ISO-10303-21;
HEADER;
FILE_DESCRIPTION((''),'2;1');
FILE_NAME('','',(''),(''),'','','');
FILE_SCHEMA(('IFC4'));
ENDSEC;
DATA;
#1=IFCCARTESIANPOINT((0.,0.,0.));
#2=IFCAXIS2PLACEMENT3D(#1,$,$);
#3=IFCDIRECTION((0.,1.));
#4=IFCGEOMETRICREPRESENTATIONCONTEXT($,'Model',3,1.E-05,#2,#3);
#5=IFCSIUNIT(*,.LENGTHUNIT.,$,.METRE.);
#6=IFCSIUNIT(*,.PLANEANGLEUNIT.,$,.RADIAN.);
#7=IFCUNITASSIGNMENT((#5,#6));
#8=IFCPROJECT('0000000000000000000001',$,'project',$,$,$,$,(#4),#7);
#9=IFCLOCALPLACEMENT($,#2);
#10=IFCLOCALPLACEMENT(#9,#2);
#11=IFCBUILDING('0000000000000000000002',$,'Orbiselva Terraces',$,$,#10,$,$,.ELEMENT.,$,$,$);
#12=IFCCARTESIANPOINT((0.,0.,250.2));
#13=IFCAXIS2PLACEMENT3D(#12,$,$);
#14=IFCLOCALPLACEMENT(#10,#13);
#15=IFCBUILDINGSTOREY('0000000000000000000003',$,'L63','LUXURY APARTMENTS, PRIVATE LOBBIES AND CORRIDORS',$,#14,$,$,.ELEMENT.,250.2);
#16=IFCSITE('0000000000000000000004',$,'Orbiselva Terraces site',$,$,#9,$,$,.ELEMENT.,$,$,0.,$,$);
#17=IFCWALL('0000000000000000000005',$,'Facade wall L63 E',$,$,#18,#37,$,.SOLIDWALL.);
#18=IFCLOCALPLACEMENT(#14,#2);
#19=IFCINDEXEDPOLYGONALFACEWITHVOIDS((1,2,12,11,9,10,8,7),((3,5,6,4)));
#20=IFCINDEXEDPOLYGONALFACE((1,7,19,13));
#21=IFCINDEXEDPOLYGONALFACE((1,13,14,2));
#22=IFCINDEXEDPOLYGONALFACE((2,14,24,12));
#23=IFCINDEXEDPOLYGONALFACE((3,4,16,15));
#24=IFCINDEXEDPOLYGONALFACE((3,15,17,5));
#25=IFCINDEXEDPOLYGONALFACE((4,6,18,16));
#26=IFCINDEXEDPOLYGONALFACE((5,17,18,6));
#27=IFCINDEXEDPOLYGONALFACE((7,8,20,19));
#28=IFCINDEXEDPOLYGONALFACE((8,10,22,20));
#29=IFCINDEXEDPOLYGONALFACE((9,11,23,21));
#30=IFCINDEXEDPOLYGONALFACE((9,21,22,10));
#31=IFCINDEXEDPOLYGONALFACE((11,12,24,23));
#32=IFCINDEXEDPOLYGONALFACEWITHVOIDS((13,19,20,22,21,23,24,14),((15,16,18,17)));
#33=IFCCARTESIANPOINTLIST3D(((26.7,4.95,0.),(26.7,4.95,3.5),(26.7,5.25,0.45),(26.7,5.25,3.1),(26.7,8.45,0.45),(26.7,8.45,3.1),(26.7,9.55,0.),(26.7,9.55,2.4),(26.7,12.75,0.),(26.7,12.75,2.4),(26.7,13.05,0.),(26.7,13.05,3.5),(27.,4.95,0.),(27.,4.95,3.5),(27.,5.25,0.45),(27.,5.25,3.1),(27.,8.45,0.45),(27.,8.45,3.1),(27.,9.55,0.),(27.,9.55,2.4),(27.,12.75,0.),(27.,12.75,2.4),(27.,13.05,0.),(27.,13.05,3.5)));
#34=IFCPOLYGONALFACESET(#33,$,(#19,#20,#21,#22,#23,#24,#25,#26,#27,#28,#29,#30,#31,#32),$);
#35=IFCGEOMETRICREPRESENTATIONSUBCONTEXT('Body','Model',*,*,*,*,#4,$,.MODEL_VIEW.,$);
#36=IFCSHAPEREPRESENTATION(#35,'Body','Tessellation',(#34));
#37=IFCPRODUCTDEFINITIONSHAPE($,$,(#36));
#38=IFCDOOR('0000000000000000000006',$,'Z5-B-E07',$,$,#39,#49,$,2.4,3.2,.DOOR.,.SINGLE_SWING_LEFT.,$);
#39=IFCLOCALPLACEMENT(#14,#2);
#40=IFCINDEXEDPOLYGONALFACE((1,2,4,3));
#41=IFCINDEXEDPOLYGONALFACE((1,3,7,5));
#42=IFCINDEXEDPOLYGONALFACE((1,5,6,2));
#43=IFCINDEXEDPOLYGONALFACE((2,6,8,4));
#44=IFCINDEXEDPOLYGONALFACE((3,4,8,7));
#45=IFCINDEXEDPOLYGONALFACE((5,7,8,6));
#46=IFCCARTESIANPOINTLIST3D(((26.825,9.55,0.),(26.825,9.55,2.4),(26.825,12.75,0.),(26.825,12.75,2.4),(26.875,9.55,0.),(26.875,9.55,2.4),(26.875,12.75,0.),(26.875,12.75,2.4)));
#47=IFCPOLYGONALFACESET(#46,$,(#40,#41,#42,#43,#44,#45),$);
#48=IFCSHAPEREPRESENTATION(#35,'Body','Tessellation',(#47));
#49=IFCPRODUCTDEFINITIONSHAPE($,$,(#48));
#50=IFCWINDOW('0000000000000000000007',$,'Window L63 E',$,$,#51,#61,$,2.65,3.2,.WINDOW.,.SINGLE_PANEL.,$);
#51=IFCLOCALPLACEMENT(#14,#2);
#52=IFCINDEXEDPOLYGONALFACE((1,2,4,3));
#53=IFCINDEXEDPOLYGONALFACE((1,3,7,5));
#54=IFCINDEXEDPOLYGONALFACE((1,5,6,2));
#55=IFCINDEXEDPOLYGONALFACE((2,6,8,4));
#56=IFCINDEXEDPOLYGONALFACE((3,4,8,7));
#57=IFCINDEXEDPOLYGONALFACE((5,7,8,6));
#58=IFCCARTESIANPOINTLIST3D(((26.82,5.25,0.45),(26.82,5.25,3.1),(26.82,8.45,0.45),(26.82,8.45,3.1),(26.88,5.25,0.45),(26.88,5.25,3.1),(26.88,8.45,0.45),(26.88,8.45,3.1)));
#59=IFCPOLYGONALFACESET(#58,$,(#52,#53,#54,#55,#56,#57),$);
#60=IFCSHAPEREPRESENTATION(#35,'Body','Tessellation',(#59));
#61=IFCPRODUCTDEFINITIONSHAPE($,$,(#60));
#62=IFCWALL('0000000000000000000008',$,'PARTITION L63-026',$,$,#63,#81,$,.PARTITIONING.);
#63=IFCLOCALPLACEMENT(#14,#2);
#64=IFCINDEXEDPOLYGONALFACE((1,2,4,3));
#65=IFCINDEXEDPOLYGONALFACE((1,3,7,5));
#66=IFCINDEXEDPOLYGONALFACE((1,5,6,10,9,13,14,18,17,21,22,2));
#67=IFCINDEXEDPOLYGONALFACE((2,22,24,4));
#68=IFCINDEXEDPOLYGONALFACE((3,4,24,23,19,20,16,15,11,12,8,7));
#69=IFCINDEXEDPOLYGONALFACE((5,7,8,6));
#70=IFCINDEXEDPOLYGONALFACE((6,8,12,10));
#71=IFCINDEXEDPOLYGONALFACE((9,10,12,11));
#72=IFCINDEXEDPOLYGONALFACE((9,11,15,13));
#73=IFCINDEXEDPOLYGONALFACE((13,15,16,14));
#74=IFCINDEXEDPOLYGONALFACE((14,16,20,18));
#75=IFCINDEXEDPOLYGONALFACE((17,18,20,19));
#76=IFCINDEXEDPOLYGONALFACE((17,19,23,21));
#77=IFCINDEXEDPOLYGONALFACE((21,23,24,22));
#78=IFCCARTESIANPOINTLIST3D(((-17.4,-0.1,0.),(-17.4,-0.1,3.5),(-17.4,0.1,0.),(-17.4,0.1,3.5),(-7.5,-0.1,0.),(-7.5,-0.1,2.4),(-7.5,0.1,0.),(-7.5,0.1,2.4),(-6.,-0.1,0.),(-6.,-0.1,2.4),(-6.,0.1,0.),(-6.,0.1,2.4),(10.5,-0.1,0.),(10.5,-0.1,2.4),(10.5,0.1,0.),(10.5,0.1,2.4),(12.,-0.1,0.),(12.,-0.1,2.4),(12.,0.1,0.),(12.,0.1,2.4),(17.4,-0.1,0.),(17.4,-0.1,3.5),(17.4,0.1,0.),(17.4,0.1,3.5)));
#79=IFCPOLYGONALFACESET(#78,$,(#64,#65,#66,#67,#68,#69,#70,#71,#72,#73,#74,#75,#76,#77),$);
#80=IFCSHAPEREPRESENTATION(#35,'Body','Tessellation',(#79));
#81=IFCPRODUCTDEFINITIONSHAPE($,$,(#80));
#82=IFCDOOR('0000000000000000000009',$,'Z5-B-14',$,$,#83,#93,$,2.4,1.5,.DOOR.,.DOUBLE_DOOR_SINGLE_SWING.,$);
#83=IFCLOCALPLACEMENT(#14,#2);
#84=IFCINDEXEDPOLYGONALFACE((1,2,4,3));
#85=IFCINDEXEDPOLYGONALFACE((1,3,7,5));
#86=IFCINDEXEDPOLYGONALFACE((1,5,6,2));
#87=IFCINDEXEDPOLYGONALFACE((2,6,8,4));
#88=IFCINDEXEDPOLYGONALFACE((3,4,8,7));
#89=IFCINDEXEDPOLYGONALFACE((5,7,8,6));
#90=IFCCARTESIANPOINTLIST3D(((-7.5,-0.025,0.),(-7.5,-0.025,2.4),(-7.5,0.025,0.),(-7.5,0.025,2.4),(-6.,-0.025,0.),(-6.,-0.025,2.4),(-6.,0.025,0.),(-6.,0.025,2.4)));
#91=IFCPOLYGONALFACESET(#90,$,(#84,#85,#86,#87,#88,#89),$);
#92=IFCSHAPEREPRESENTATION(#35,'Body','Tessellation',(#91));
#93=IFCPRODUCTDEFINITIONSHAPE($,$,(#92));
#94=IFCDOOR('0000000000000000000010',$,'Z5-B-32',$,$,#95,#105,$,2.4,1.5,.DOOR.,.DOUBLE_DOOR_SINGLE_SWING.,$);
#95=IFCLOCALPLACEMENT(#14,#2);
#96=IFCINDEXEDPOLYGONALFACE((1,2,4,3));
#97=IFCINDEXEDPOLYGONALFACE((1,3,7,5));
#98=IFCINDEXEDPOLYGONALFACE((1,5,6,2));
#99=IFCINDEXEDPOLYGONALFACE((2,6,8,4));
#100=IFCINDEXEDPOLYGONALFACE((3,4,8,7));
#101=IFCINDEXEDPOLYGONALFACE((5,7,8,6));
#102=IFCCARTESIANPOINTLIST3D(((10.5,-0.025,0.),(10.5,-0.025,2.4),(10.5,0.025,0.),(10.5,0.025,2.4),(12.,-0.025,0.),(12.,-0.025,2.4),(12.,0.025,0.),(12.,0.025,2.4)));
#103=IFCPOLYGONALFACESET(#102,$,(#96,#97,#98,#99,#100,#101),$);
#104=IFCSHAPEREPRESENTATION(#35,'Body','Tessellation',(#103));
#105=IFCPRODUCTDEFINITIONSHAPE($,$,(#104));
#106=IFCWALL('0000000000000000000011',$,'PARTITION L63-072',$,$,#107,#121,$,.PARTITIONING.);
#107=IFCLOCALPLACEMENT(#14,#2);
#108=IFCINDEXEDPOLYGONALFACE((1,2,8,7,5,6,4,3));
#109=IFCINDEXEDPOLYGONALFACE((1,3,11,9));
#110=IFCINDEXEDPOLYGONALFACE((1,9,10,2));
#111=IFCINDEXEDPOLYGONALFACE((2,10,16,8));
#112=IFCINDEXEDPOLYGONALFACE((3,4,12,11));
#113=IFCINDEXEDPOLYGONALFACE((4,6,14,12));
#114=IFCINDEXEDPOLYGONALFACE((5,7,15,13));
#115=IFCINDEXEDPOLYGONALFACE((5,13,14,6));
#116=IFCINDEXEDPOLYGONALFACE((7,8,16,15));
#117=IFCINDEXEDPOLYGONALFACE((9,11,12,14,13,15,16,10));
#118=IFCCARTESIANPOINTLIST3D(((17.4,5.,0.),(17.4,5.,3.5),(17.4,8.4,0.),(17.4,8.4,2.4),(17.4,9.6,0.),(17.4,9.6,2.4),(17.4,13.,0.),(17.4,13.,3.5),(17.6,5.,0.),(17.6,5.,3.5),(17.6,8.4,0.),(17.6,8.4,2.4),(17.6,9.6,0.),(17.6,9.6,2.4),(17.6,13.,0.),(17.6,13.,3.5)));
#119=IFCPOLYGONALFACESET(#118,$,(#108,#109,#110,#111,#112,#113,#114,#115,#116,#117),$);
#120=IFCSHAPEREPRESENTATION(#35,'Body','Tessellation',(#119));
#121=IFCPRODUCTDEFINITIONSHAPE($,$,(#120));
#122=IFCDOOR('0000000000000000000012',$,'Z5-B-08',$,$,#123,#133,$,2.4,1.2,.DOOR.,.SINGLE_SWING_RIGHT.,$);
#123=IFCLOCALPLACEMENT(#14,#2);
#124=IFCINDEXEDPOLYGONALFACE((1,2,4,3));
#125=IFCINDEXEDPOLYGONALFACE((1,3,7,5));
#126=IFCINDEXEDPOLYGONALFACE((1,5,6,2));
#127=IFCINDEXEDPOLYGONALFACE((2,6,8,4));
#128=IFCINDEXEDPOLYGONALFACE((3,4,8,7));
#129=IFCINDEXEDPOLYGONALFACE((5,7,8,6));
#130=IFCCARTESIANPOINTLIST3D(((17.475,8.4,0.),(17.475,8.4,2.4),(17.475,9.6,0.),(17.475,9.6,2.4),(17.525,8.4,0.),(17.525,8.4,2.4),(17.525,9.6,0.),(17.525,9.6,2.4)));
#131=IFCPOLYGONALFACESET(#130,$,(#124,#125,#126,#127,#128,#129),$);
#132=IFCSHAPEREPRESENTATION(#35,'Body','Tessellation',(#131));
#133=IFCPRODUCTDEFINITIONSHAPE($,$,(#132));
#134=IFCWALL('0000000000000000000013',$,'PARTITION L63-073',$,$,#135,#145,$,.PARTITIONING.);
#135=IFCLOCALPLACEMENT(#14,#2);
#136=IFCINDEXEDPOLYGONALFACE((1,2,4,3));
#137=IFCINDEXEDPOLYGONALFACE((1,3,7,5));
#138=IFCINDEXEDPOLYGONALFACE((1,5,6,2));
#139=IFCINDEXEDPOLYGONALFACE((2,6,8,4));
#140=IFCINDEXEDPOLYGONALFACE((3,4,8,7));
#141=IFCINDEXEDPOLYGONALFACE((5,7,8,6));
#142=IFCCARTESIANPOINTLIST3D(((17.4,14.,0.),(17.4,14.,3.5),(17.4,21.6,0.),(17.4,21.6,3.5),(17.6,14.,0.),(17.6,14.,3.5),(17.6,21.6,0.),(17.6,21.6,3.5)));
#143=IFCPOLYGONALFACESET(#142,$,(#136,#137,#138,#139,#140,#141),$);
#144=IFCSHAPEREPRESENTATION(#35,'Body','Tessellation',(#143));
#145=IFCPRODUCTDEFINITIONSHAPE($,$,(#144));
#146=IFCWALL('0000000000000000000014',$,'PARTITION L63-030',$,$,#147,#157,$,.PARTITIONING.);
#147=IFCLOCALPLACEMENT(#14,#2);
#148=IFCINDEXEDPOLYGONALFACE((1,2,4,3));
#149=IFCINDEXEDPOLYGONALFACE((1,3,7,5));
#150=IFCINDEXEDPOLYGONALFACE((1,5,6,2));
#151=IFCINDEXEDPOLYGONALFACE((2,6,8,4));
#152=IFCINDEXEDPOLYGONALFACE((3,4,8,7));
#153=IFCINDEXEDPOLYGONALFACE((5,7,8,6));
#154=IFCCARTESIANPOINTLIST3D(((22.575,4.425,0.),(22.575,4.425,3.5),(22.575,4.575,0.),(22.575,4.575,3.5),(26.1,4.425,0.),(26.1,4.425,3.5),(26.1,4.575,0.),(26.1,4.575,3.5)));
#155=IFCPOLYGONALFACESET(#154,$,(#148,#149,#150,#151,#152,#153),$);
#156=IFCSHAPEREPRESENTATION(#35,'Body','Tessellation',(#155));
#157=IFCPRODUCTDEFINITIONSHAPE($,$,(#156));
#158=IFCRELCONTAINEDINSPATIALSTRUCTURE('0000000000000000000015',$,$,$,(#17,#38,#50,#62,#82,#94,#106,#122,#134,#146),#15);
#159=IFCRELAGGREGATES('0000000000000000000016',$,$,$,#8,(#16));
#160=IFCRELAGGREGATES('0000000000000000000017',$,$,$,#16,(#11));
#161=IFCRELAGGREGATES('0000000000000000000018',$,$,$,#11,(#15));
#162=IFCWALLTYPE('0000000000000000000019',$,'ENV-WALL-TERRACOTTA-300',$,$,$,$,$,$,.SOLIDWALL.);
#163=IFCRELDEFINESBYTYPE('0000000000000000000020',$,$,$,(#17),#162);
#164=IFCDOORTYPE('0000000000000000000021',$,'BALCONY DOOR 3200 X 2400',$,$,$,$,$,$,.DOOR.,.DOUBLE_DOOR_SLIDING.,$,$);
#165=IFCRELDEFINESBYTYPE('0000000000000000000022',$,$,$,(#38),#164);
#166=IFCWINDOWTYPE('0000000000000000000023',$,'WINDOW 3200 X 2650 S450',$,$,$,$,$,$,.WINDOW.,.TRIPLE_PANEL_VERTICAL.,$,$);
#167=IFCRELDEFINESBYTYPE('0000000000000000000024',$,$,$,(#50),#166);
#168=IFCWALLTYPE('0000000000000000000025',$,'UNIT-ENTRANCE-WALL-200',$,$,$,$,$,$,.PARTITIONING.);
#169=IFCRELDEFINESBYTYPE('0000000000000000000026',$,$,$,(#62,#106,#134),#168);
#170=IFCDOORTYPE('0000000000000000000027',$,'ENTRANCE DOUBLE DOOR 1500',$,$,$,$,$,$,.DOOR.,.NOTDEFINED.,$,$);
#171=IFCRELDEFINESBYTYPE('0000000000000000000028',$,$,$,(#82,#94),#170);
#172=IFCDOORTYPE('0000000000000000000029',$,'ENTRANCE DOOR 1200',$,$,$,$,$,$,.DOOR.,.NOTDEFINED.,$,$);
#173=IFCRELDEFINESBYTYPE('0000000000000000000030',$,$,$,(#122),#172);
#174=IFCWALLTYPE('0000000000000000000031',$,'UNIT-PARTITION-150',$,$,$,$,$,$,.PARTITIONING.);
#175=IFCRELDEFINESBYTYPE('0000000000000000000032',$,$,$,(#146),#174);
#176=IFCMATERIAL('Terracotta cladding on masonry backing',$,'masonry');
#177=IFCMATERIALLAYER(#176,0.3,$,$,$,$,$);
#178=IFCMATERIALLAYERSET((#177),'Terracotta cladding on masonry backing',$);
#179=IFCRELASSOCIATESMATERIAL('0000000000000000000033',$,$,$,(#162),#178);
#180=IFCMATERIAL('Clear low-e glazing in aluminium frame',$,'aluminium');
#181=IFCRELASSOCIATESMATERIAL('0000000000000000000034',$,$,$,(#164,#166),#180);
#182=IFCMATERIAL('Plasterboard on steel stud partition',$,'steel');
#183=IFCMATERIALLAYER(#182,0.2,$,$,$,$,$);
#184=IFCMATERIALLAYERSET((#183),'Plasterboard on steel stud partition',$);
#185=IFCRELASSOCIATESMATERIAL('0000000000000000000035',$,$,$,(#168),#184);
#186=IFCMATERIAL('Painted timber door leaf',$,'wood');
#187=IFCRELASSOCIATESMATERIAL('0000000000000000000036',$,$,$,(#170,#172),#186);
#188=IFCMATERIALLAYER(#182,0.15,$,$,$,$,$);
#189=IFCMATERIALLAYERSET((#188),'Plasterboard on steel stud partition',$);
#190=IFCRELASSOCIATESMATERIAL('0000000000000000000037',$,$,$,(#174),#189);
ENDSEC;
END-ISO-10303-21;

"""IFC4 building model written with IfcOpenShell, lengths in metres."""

from ifc_helpers import new_model, si_unit, direction, frame, frame_2d, origin, place, context, subcontext, project, spatial, rectangle, extrude, material, layer, layer_set, type_object, element, fill, save


model = new_model("IFC4")

# Units and contexts
model_context = context("Model", 3, precision=1e-05, world=origin(), true_north=direction((0.0, 1.0)))
body_context = subcontext(model_context, "Body", "Model", "MODEL_VIEW")
ifc_project = project(units=[si_unit("LENGTHUNIT", "METRE"), si_unit("PLANEANGLEUNIT", "RADIAN")], contexts=[model_context])

# Site, building, storey
site_placement = place(None, origin())
site = spatial("IfcSite", under=ifc_project, at=site_placement, Name="Orbiselva Terraces site", CompositionType="ELEMENT", RefElevation=0.0)
building_placement = place(site_placement, origin())
building = spatial("IfcBuilding", under=site, at=building_placement, Name="Orbiselva Terraces", CompositionType="ELEMENT")
storey_placement = place(building_placement, frame((0.0, 0.0, 250.2)))
storey = spatial("IfcBuildingStorey", under=building, at=storey_placement, Name="L63", Description="LUXURY APARTMENTS, PRIVATE LOBBIES AND CORRIDORS", CompositionType="ELEMENT", Elevation=250.2)

# Wall, openings, door, window
ifc_material_1 = material(Name="Terracotta cladding on masonry backing", Category="masonry")
ifc_layer_1 = layer(ifc_material_1, 0.3)
ifc_layer_set_1 = layer_set([ifc_layer_1], Name="Terracotta cladding on masonry backing")
wall_type_1 = type_object("IfcWallType", Name="ENV-WALL-TERRACOTTA-300", PredefinedType="SOLIDWALL", material=ifc_layer_set_1)
ifc_material_2 = material(Name="Clear low-e glazing in aluminium frame", Category="aluminium")
door_type_1 = type_object("IfcDoorType", Name="BALCONY DOOR 3200 X 2400", OperationType="DOUBLE_DOOR_SLIDING", PredefinedType="DOOR", material=ifc_material_2)
window_type = type_object("IfcWindowType", Name="WINDOW 3200 X 2650 S450", PartitioningType="TRIPLE_PANEL_VERTICAL", PredefinedType="WINDOW", material=ifc_material_2)
wall_1_placement = place(storey_placement, frame((26.85, 13.05, 0.0), z_axis=(0.0, 0.0, 1.0), x_axis=(0.0, -1.0, 0.0)))
wall_1 = element("IfcWall", 1, at=wall_1_placement, inside=storey, type_object=wall_type_1, Name="Facade wall L63 E", PredefinedType="SOLIDWALL", context=body_context, shape_type="SweptSolid", body=[
    extrude(rectangle(XDim=8.1, YDim=0.3, at=frame_2d((4.05, 0.0))), origin(), (0.0, 0.0, 1.0), 3.5),
])
opening_1_placement = place(wall_1_placement, frame((4.6, 0.0, 0.45)))
opening_1 = element("IfcOpeningElement", 2, at=opening_1_placement, cuts=wall_1, PredefinedType="OPENING", context=body_context, shape_type="SweptSolid", body=[
    extrude(rectangle(XDim=3.2, YDim=2.65, at=frame_2d((1.6, 1.325))), frame((0.0, 0.16, 0.0), z_axis=(0.0, -1.0, 0.0), x_axis=(1.0, 0.0, 0.0)), (0.0, 0.0, 1.0), 0.32),
])
opening_2_placement = place(wall_1_placement, frame((0.3, 0.0, 0.0)))
opening_2 = element("IfcOpeningElement", 3, at=opening_2_placement, cuts=wall_1, PredefinedType="OPENING", context=body_context, shape_type="SweptSolid", body=[
    extrude(rectangle(XDim=3.2, YDim=2.4, at=frame_2d((1.6, 1.2))), frame((0.0, 0.16, 0.0), z_axis=(0.0, -1.0, 0.0), x_axis=(1.0, 0.0, 0.0)), (0.0, 0.0, 1.0), 0.32),
])
door_1_placement = place(opening_2_placement, origin())
door_1 = element("IfcDoor", 4, at=door_1_placement, inside=storey, type_object=door_type_1, Name="Z5-B-E07", OperationType="SINGLE_SWING_LEFT", OverallHeight=2.4, OverallWidth=3.2, PredefinedType="DOOR", context=body_context, shape_type="SweptSolid", body=[
    extrude(rectangle(XDim=3.2, YDim=2.4, at=frame_2d((1.6, 1.2))), frame((0.0, 0.025, 0.0), z_axis=(0.0, -1.0, 0.0), x_axis=(1.0, 0.0, 0.0)), (0.0, 0.0, 1.0), 0.05),
])
fill(opening_2, door_1)
window_1_placement = place(opening_1_placement, origin())
window_1 = element("IfcWindow", 5, at=window_1_placement, inside=storey, type_object=window_type, Name="Window L63 E", OverallHeight=2.65, OverallWidth=3.2, PartitioningType="SINGLE_PANEL", PredefinedType="WINDOW", context=body_context, shape_type="SweptSolid", body=[
    extrude(rectangle(XDim=3.2, YDim=2.65, at=frame_2d((1.6, 1.325))), frame((0.0, 0.03, 0.0), z_axis=(0.0, -1.0, 0.0), x_axis=(1.0, 0.0, 0.0)), (0.0, 0.0, 1.0), 0.06),
])
fill(opening_1, window_1)

# Wall, openings, doors
ifc_material_3 = material(Name="Plasterboard on steel stud partition", Category="steel")
ifc_layer_2 = layer(ifc_material_3, 0.2)
ifc_layer_set_2 = layer_set([ifc_layer_2], Name="Plasterboard on steel stud partition")
wall_type_2 = type_object("IfcWallType", Name="UNIT-ENTRANCE-WALL-200", PredefinedType="PARTITIONING", material=ifc_layer_set_2)
wall_2_placement = place(storey_placement, frame((17.4, 0.0, 0.0), z_axis=(0.0, 0.0, 1.0), x_axis=(-1.0, 0.0, 0.0)))
wall_2 = element("IfcWall", 6, at=wall_2_placement, inside=storey, type_object=wall_type_2, Name="PARTITION L63-026", PredefinedType="PARTITIONING", context=body_context, shape_type="SweptSolid", body=[
    extrude(rectangle(XDim=34.8, YDim=0.2, at=frame_2d((17.4, 0.0))), origin(), (0.0, 0.0, 1.0), 3.5),
])
opening_3_placement = place(wall_2_placement, frame((23.4, 0.0, 0.0)))
opening_3 = element("IfcOpeningElement", 7, at=opening_3_placement, cuts=wall_2, PredefinedType="OPENING", context=body_context, shape_type="SweptSolid", body=[
    extrude(rectangle(XDim=1.5, YDim=2.4, at=frame_2d((0.75, 1.2))), frame((0.0, 0.11, 0.0), z_axis=(0.0, -1.0, 0.0), x_axis=(1.0, 0.0, 0.0)), (0.0, 0.0, 1.0), 0.22),
])
opening_4_placement = place(wall_2_placement, frame((5.4, 0.0, 0.0)))
opening_4 = element("IfcOpeningElement", 8, at=opening_4_placement, cuts=wall_2, PredefinedType="OPENING", context=body_context, shape_type="SweptSolid", body=[
    extrude(rectangle(XDim=1.5, YDim=2.4, at=frame_2d((0.75, 1.2))), frame((0.0, 0.11, 0.0), z_axis=(0.0, -1.0, 0.0), x_axis=(1.0, 0.0, 0.0)), (0.0, 0.0, 1.0), 0.22),
])
ifc_material_4 = material(Name="Painted timber door leaf", Category="wood")
door_type_2 = type_object("IfcDoorType", Name="ENTRANCE DOUBLE DOOR 1500", OperationType="NOTDEFINED", PredefinedType="DOOR", material=ifc_material_4)
door_2_placement = place(opening_3_placement, origin())
door_2 = element("IfcDoor", 9, at=door_2_placement, inside=storey, type_object=door_type_2, Name="Z5-B-14", OperationType="DOUBLE_DOOR_SINGLE_SWING", OverallHeight=2.4, OverallWidth=1.5, PredefinedType="DOOR", context=body_context, shape_type="SweptSolid", body=[
    extrude(rectangle(XDim=1.5, YDim=2.4, at=frame_2d((0.75, 1.2))), frame((0.0, 0.025, 0.0), z_axis=(0.0, -1.0, 0.0), x_axis=(1.0, 0.0, 0.0)), (0.0, 0.0, 1.0), 0.05),
])
fill(opening_3, door_2)
door_3_placement = place(opening_4_placement, origin())
door_3 = element("IfcDoor", 10, at=door_3_placement, inside=storey, type_object=door_type_2, Name="Z5-B-32", OperationType="DOUBLE_DOOR_SINGLE_SWING", OverallHeight=2.4, OverallWidth=1.5, PredefinedType="DOOR", context=body_context, shape_type="SweptSolid", body=[
    extrude(rectangle(XDim=1.5, YDim=2.4, at=frame_2d((0.75, 1.2))), frame((0.0, 0.025, 0.0), z_axis=(0.0, -1.0, 0.0), x_axis=(1.0, 0.0, 0.0)), (0.0, 0.0, 1.0), 0.05),
])
fill(opening_4, door_3)

# Wall, opening, door
wall_3_placement = place(storey_placement, frame((17.5, 13.0, 0.0), z_axis=(0.0, 0.0, 1.0), x_axis=(0.0, -1.0, 0.0)))
wall_3 = element("IfcWall", 11, at=wall_3_placement, inside=storey, type_object=wall_type_2, Name="PARTITION L63-072", PredefinedType="PARTITIONING", context=body_context, shape_type="SweptSolid", body=[
    extrude(rectangle(XDim=8.0, YDim=0.2, at=frame_2d((4.0, 0.0))), origin(), (0.0, 0.0, 1.0), 3.5),
])
opening_5_placement = place(wall_3_placement, frame((3.4, 0.0, 0.0)))
opening_5 = element("IfcOpeningElement", 12, at=opening_5_placement, cuts=wall_3, PredefinedType="OPENING", context=body_context, shape_type="SweptSolid", body=[
    extrude(rectangle(XDim=1.2, YDim=2.4, at=frame_2d((0.6, 1.2))), frame((0.0, 0.11, 0.0), z_axis=(0.0, -1.0, 0.0), x_axis=(1.0, 0.0, 0.0)), (0.0, 0.0, 1.0), 0.22),
])
door_type_3 = type_object("IfcDoorType", Name="ENTRANCE DOOR 1200", OperationType="NOTDEFINED", PredefinedType="DOOR", material=ifc_material_4)
door_4_placement = place(opening_5_placement, origin())
door_4 = element("IfcDoor", 13, at=door_4_placement, inside=storey, type_object=door_type_3, Name="Z5-B-08", OperationType="SINGLE_SWING_RIGHT", OverallHeight=2.4, OverallWidth=1.2, PredefinedType="DOOR", context=body_context, shape_type="SweptSolid", body=[
    extrude(rectangle(XDim=1.2, YDim=2.4, at=frame_2d((0.6, 1.2))), frame((0.0, 0.025, 0.0), z_axis=(0.0, -1.0, 0.0), x_axis=(1.0, 0.0, 0.0)), (0.0, 0.0, 1.0), 0.05),
])
fill(opening_5, door_4)

# Walls
wall_4_placement = place(storey_placement, frame((17.5, 14.0, 0.0), z_axis=(0.0, 0.0, 1.0), x_axis=(0.0, 1.0, 0.0)))
element("IfcWall", 14, at=wall_4_placement, inside=storey, type_object=wall_type_2, Name="PARTITION L63-073", PredefinedType="PARTITIONING", context=body_context, shape_type="SweptSolid", body=[
    extrude(rectangle(XDim=7.6, YDim=0.2, at=frame_2d((3.8, 0.0))), origin(), (0.0, 0.0, 1.0), 3.5),
])
ifc_layer_3 = layer(ifc_material_3, 0.15)
ifc_layer_set_3 = layer_set([ifc_layer_3], Name="Plasterboard on steel stud partition")
wall_type_3 = type_object("IfcWallType", Name="UNIT-PARTITION-150", PredefinedType="PARTITIONING", material=ifc_layer_set_3)
wall_5_placement = place(storey_placement, frame((22.575, 4.5, 0.0), z_axis=(0.0, 0.0, 1.0), x_axis=(1.0, 0.0, 0.0)))
element("IfcWall", 15, at=wall_5_placement, inside=storey, type_object=wall_type_3, Name="PARTITION L63-030", PredefinedType="PARTITIONING", context=body_context, shape_type="SweptSolid", body=[
    extrude(rectangle(XDim=3.525, YDim=0.15, at=frame_2d((1.7625, 0.0))), origin(), (0.0, 0.0, 1.0), 3.5),
])

save(model, "model.ifc")
